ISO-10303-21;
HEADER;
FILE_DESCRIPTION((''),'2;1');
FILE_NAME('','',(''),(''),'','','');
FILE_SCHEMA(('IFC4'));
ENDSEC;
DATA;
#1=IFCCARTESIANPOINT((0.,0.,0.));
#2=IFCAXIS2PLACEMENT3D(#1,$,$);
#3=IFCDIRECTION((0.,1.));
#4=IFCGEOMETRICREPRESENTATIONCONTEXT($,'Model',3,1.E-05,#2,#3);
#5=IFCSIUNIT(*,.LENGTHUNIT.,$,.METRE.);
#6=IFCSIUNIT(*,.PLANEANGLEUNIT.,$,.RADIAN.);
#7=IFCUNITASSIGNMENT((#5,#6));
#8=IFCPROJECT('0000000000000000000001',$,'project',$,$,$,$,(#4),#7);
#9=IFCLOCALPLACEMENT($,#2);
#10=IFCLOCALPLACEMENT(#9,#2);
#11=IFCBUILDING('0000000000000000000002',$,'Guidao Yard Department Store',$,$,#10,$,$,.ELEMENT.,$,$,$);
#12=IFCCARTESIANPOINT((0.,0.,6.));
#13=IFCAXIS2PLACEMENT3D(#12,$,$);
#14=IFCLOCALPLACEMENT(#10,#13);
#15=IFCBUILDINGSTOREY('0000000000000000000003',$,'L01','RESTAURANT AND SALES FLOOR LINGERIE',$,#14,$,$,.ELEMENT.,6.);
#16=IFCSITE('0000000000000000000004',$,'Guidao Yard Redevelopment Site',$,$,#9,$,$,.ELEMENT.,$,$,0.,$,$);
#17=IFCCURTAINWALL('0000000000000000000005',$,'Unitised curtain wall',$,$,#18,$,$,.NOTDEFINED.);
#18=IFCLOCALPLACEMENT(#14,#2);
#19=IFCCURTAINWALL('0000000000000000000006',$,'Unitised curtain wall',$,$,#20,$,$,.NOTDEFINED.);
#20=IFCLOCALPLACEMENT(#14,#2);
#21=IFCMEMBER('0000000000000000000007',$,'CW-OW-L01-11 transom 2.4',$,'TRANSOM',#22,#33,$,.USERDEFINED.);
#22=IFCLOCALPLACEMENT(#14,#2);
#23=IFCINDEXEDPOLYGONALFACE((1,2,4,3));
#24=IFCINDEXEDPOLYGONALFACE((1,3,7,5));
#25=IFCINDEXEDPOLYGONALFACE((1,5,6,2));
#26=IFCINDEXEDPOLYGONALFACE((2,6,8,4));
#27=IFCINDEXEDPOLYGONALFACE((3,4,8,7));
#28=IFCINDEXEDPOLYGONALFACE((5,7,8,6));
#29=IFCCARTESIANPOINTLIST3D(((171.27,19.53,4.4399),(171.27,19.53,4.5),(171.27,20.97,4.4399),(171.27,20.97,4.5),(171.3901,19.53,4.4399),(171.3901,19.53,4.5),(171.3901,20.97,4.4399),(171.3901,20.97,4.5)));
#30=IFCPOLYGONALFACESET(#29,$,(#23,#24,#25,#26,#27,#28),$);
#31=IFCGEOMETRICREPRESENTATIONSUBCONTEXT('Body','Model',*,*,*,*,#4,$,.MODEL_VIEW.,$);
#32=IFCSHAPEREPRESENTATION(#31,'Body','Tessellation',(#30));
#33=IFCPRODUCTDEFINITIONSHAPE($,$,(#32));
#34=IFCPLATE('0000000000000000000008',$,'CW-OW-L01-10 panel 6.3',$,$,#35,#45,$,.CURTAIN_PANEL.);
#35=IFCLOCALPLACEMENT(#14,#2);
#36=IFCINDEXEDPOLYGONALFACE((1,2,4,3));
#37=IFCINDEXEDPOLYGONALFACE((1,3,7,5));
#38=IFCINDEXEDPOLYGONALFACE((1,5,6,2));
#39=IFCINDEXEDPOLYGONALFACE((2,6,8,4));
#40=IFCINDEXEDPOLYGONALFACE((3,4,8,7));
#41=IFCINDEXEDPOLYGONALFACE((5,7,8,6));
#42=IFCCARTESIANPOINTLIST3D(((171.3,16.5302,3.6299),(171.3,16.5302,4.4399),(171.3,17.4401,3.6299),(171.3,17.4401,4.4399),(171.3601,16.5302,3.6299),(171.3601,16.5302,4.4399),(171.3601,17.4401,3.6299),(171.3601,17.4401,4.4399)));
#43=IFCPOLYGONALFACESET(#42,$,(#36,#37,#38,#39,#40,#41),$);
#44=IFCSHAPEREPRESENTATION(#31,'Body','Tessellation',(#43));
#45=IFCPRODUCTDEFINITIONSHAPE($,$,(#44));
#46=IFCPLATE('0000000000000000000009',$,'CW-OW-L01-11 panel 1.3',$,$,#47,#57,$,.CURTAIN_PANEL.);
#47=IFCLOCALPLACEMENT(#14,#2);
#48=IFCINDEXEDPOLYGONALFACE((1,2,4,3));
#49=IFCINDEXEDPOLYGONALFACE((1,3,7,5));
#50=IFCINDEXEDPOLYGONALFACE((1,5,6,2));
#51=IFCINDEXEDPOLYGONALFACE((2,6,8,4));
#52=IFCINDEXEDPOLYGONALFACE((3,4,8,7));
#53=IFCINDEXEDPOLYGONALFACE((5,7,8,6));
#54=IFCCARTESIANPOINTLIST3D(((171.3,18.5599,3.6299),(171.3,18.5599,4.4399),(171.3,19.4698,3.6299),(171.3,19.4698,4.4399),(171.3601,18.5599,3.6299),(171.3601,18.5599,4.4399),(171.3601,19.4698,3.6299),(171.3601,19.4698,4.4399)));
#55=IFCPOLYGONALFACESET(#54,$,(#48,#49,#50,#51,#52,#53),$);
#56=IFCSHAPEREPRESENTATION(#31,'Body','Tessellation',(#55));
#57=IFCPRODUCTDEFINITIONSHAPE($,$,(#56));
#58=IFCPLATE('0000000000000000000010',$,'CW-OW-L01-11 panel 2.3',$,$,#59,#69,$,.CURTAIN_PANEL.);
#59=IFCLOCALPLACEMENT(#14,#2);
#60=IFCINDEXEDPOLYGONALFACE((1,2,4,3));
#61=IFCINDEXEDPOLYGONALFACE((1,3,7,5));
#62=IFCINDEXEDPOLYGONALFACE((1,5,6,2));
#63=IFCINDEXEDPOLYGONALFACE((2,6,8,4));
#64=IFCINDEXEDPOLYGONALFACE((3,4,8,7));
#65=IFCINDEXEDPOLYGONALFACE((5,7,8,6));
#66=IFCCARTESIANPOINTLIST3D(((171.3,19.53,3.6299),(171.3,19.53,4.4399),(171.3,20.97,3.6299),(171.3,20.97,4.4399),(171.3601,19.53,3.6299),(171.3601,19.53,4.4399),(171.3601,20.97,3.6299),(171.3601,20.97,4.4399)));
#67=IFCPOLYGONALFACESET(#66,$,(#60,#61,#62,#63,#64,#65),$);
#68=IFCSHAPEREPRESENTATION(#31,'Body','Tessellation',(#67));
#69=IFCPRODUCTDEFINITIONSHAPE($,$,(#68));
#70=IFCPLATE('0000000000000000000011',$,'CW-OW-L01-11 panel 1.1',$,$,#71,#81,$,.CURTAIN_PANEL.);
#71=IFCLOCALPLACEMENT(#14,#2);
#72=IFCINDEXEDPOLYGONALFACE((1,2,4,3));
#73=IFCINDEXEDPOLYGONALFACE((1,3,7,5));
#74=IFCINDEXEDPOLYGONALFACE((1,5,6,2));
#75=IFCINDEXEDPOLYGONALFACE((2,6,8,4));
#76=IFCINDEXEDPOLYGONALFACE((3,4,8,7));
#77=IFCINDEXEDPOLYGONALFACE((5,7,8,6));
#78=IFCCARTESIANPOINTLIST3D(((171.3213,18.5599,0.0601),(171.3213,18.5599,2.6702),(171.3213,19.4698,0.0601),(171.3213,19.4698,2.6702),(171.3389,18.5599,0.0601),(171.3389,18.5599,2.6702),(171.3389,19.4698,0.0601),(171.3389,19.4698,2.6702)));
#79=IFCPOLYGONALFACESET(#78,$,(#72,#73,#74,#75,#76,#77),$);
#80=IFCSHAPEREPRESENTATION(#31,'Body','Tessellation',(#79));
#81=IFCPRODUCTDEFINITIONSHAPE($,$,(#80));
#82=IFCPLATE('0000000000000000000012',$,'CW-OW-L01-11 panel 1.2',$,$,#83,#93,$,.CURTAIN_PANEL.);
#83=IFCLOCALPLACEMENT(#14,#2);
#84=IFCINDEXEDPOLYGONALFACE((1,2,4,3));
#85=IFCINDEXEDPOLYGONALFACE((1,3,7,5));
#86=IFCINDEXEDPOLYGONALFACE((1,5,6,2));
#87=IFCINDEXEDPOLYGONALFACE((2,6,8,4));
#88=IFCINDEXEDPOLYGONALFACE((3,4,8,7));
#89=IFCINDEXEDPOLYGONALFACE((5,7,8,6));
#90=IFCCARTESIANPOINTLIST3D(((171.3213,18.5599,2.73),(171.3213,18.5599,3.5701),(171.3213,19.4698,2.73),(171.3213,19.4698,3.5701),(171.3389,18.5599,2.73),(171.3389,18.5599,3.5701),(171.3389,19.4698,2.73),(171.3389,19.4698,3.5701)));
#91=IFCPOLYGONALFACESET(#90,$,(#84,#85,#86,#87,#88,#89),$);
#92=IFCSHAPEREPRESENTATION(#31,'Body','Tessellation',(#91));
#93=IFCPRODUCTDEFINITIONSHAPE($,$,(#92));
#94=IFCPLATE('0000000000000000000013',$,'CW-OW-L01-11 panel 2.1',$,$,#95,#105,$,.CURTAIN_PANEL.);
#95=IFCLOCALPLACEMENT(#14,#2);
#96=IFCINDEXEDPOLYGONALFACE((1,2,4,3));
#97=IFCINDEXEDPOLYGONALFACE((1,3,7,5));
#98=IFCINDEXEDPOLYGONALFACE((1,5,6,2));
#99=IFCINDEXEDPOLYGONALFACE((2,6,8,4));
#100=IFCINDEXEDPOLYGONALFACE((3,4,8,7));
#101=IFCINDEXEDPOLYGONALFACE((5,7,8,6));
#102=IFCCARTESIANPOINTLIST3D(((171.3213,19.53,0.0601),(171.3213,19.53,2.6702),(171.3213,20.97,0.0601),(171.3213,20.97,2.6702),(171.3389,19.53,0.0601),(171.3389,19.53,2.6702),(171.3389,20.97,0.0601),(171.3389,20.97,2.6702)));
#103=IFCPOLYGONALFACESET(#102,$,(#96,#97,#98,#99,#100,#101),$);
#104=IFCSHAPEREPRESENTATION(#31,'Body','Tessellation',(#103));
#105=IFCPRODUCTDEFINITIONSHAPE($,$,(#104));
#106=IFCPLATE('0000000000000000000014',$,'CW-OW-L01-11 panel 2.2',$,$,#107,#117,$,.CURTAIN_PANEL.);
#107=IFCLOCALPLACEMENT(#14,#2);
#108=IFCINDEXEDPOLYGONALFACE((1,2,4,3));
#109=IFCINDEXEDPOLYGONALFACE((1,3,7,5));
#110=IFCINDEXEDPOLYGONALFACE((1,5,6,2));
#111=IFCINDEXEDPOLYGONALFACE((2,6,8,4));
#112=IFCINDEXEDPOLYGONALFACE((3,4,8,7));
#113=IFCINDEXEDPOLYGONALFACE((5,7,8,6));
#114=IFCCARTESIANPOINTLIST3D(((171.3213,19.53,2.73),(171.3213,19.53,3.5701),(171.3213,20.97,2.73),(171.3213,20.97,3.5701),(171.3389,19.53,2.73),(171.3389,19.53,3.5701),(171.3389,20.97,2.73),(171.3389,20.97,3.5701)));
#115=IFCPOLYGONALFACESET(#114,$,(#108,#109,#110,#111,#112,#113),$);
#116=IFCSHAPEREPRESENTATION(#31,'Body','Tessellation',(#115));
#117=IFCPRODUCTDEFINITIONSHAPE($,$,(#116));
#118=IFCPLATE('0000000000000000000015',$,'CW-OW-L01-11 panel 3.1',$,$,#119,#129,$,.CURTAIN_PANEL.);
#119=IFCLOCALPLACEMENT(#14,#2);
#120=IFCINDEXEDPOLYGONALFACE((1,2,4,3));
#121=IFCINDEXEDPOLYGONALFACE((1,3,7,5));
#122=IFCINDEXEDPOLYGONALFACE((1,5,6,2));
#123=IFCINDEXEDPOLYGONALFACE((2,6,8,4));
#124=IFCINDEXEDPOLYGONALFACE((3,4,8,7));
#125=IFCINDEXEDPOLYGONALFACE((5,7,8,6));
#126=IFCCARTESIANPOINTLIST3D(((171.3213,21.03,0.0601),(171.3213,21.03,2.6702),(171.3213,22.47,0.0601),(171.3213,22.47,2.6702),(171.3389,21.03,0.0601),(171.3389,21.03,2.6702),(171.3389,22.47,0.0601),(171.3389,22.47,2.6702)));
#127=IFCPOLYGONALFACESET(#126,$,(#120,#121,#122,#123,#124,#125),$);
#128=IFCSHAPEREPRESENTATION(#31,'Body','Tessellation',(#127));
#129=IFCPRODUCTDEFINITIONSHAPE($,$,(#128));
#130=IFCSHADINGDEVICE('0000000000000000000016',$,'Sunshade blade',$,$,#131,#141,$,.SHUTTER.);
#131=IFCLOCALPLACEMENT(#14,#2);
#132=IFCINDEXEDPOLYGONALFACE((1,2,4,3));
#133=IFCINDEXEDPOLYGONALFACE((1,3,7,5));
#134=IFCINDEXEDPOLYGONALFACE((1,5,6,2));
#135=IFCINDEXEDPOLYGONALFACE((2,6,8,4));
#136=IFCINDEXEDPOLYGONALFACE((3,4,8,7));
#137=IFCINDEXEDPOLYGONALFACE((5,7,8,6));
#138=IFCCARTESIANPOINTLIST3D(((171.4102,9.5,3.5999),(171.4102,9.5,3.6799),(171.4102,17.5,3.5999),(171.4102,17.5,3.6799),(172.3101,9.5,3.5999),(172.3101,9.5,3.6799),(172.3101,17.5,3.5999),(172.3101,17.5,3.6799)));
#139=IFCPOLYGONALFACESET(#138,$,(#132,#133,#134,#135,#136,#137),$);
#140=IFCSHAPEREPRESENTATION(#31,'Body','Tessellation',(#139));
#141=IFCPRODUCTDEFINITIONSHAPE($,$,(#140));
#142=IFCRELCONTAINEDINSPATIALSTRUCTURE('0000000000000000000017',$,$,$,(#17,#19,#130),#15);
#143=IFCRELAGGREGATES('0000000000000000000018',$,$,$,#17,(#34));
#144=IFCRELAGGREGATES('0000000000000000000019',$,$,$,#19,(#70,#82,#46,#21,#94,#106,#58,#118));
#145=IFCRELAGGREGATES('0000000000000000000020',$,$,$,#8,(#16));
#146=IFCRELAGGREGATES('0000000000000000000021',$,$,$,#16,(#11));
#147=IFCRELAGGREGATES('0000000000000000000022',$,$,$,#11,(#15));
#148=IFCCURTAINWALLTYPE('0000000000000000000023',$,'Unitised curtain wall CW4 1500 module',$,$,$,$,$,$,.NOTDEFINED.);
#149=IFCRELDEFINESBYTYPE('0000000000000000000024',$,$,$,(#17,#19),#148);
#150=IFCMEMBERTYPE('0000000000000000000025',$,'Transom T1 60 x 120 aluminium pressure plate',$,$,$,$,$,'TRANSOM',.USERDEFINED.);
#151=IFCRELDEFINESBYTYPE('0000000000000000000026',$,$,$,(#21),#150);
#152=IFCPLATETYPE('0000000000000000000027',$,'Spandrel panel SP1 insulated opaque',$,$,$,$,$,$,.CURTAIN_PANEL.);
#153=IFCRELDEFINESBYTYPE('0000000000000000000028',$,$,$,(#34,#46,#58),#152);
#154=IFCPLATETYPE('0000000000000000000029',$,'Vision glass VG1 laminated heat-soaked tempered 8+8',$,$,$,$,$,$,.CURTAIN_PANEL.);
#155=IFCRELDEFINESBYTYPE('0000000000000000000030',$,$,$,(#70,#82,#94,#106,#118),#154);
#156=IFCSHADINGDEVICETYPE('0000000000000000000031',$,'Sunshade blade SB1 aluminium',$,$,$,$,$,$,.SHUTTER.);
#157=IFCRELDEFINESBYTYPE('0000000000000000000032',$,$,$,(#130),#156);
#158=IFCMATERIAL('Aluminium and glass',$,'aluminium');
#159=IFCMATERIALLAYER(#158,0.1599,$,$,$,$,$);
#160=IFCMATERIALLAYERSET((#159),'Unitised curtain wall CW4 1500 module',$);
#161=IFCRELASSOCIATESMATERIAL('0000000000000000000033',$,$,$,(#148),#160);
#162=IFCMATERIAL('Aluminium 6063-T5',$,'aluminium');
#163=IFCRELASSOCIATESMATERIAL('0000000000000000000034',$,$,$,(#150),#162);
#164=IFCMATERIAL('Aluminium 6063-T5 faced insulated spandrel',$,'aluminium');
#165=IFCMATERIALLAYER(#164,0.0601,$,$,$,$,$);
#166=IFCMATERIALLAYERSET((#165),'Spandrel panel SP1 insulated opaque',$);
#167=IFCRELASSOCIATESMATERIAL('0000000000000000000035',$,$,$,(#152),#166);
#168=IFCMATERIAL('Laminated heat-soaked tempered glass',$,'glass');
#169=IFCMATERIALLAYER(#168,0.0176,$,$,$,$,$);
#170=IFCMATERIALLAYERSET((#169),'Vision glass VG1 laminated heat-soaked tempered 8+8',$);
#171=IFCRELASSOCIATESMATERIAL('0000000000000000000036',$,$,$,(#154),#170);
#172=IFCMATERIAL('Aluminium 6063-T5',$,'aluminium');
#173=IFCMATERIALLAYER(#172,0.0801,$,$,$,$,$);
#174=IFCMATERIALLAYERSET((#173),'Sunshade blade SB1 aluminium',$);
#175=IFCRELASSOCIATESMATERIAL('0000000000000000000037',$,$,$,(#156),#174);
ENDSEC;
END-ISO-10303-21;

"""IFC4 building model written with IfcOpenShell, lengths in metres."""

from ifc_helpers import new_model, si_unit, direction, frame, origin, origin_2d, place, context, subcontext, project, spatial, rectangle, extrude, material, layer, layer_set, material_profile, profile_set, type_object, element, aggregate, save


model = new_model("IFC4")

# Units and contexts
model_context = context("Model", 3, precision=1e-05, world=origin(), true_north=direction((0.0, 1.0)))
body_context = subcontext(model_context, "Body", "Model", "MODEL_VIEW")
ifc_project = project(units=[si_unit("LENGTHUNIT", "METRE"), si_unit("PLANEANGLEUNIT", "RADIAN")], contexts=[model_context])

# Site, building, storey
site_placement = place(None, origin())
site = spatial("IfcSite", under=ifc_project, at=site_placement, Name="Guidao Yard Redevelopment Site", CompositionType="ELEMENT", RefElevation=0.0)
building_placement = place(site_placement, origin())
building = spatial("IfcBuilding", under=site, at=building_placement, Name="Guidao Yard Department Store", CompositionType="ELEMENT")
storey_placement = place(building_placement, frame((0.0, 0.0, 6.0)))
storey = spatial("IfcBuildingStorey", under=building, at=storey_placement, Name="L01", Description="RESTAURANT AND SALES FLOOR LINGERIE", CompositionType="ELEMENT", Elevation=6.0)

# Curtain wall
ifc_material_1 = material(Name="Aluminium and glass", Category="aluminium")
ifc_layer_1 = layer(ifc_material_1, 0.1599)
ifc_layer_set_1 = layer_set([ifc_layer_1], Name="Unitised curtain wall CW4 1500 module")
curtain_wall_type = type_object("IfcCurtainWallType", Name="Unitised curtain wall CW4 1500 module", PredefinedType="NOTDEFINED", material=ifc_layer_set_1)
curtain_wall_1_placement = place(storey_placement, origin())
curtain_wall_1 = element("IfcCurtainWall", 1, at=curtain_wall_1_placement, inside=storey, type_object=curtain_wall_type, Name="Unitised curtain wall", PredefinedType="NOTDEFINED")

# Curtain wall
curtain_wall_2_placement = place(storey_placement, origin())
curtain_wall_2 = element("IfcCurtainWall", 2, at=curtain_wall_2_placement, inside=storey, type_object=curtain_wall_type, Name="Unitised curtain wall", PredefinedType="NOTDEFINED")

# Member
ifc_material_2 = material(Name="Aluminium 6063-T5", Category="aluminium")
ifc_material_profile_1 = material_profile(ifc_material_2, rectangle(XDim=0.1201, YDim=0.0601, at=origin_2d()), Name="Transom T1 60 x 120 aluminium pressure plate")
ifc_profile_set_1 = profile_set([ifc_material_profile_1], Name="Aluminium 6063-T5")
member_type_1 = type_object("IfcMemberType", Name="Transom T1 60 x 120 aluminium pressure plate", ElementType="TRANSOM", PredefinedType="USERDEFINED", material=ifc_profile_set_1)
member_1_placement = place(storey_placement, frame((171.3301, 20.97, 4.47), z_axis=(0.0, -1.0, 0.0), x_axis=(1.0, 0.0, 0.0)))
member_1 = element("IfcMember", 3, at=member_1_placement, type_object=member_type_1, Name="CW-OW-L01-11 transom 2.4", ObjectType="TRANSOM", PredefinedType="USERDEFINED", context=body_context, shape_type="SweptSolid", body=[
    extrude(rectangle(XDim=0.1201, YDim=0.0601, at=origin_2d()), origin(), (0.0, 0.0, 1.0), 1.4399),
])

# Plates
ifc_material_3 = material(Name="Aluminium 6063-T5 faced insulated spandrel", Category="aluminium")
ifc_layer_2 = layer(ifc_material_3, 0.0601)
ifc_layer_set_2 = layer_set([ifc_layer_2], Name="Spandrel panel SP1 insulated opaque")
plate_type_1 = type_object("IfcPlateType", Name="Spandrel panel SP1 insulated opaque", PredefinedType="CURTAIN_PANEL", material=ifc_layer_set_2)
plate_1_placement = place(storey_placement, frame((171.3301, 16.9851, 3.6299), z_axis=(0.0, 0.0, 1.0), x_axis=(0.0, -1.0, 0.0)))
plate_1 = element("IfcPlate", 4, at=plate_1_placement, type_object=plate_type_1, Name="CW-OW-L01-10 panel 6.3", PredefinedType="CURTAIN_PANEL", context=body_context, shape_type="SweptSolid", body=[
    extrude(rectangle(XDim=0.9099, YDim=0.0601, at=origin_2d()), origin(), (0.0, 0.0, 1.0), 0.8101),
])
aggregate(curtain_wall_1, [plate_1])
plate_2_placement = place(storey_placement, frame((171.3301, 19.0149, 3.6299), z_axis=(0.0, 0.0, 1.0), x_axis=(0.0, -1.0, 0.0)))
plate_2 = element("IfcPlate", 5, at=plate_2_placement, type_object=plate_type_1, Name="CW-OW-L01-11 panel 1.3", PredefinedType="CURTAIN_PANEL", context=body_context, shape_type="SweptSolid", body=[
    extrude(rectangle(XDim=0.9099, YDim=0.0601, at=origin_2d()), origin(), (0.0, 0.0, 1.0), 0.8101),
])
plate_3_placement = place(storey_placement, frame((171.3301, 20.25, 3.6299), z_axis=(0.0, 0.0, 1.0), x_axis=(0.0, -1.0, 0.0)))
plate_3 = element("IfcPlate", 6, at=plate_3_placement, type_object=plate_type_1, Name="CW-OW-L01-11 panel 2.3", PredefinedType="CURTAIN_PANEL", context=body_context, shape_type="SweptSolid", body=[
    extrude(rectangle(XDim=1.4399, YDim=0.0601, at=origin_2d()), origin(), (0.0, 0.0, 1.0), 0.8101),
])
ifc_material_4 = material(Name="Laminated heat-soaked tempered glass", Category="glass")
ifc_layer_3 = layer(ifc_material_4, 0.0176)
ifc_layer_set_3 = layer_set([ifc_layer_3], Name="Vision glass VG1 laminated heat-soaked tempered 8+8")
plate_type_2 = type_object("IfcPlateType", Name="Vision glass VG1 laminated heat-soaked tempered 8+8", PredefinedType="CURTAIN_PANEL", material=ifc_layer_set_3)
plate_4_placement = place(storey_placement, frame((171.3301, 19.0149, 0.0601), z_axis=(0.0, 0.0, 1.0), x_axis=(0.0, -1.0, 0.0)))
plate_4 = element("IfcPlate", 7, at=plate_4_placement, type_object=plate_type_2, Name="CW-OW-L01-11 panel 1.1", PredefinedType="CURTAIN_PANEL", context=body_context, shape_type="SweptSolid", body=[
    extrude(rectangle(XDim=0.9099, YDim=0.0176, at=origin_2d()), origin(), (0.0, 0.0, 1.0), 2.6101),
])
plate_5_placement = place(storey_placement, frame((171.3301, 19.0149, 2.73), z_axis=(0.0, 0.0, 1.0), x_axis=(0.0, -1.0, 0.0)))
plate_5 = element("IfcPlate", 8, at=plate_5_placement, type_object=plate_type_2, Name="CW-OW-L01-11 panel 1.2", PredefinedType="CURTAIN_PANEL", context=body_context, shape_type="SweptSolid", body=[
    extrude(rectangle(XDim=0.9099, YDim=0.0176, at=origin_2d()), origin(), (0.0, 0.0, 1.0), 0.8401),
])
plate_6_placement = place(storey_placement, frame((171.3301, 20.25, 0.0601), z_axis=(0.0, 0.0, 1.0), x_axis=(0.0, -1.0, 0.0)))
plate_6 = element("IfcPlate", 9, at=plate_6_placement, type_object=plate_type_2, Name="CW-OW-L01-11 panel 2.1", PredefinedType="CURTAIN_PANEL", context=body_context, shape_type="SweptSolid", body=[
    extrude(rectangle(XDim=1.4399, YDim=0.0176, at=origin_2d()), origin(), (0.0, 0.0, 1.0), 2.6101),
])
plate_7_placement = place(storey_placement, frame((171.3301, 20.25, 2.73), z_axis=(0.0, 0.0, 1.0), x_axis=(0.0, -1.0, 0.0)))
plate_7 = element("IfcPlate", 10, at=plate_7_placement, type_object=plate_type_2, Name="CW-OW-L01-11 panel 2.2", PredefinedType="CURTAIN_PANEL", context=body_context, shape_type="SweptSolid", body=[
    extrude(rectangle(XDim=1.4399, YDim=0.0176, at=origin_2d()), origin(), (0.0, 0.0, 1.0), 0.8401),
])
plate_8_placement = place(storey_placement, frame((171.3301, 21.75, 0.0601), z_axis=(0.0, 0.0, 1.0), x_axis=(0.0, -1.0, 0.0)))
plate_8 = element("IfcPlate", 11, at=plate_8_placement, type_object=plate_type_2, Name="CW-OW-L01-11 panel 3.1", PredefinedType="CURTAIN_PANEL", context=body_context, shape_type="SweptSolid", body=[
    extrude(rectangle(XDim=1.4399, YDim=0.0176, at=origin_2d()), origin(), (0.0, 0.0, 1.0), 2.6101),
])
aggregate(curtain_wall_2, [plate_4, plate_5, plate_2, member_1, plate_6, plate_7, plate_3, plate_8])

# Shading device
ifc_material_5 = material(Name="Aluminium 6063-T5", Category="aluminium")
ifc_layer_4 = layer(ifc_material_5, 0.0801)
ifc_layer_set_4 = layer_set([ifc_layer_4], Name="Sunshade blade SB1 aluminium")
shading_device_type = type_object("IfcShadingDeviceType", Name="Sunshade blade SB1 aluminium", PredefinedType="SHUTTER", material=ifc_layer_set_4)
shading_device_placement = place(storey_placement, frame((171.8601, 13.5, 3.5999), z_axis=(0.0, 0.0, 1.0), x_axis=(0.0, -1.0, 0.0)))
element("IfcShadingDevice", 12, at=shading_device_placement, inside=storey, type_object=shading_device_type, Name="Sunshade blade", PredefinedType="SHUTTER", context=body_context, shape_type="SweptSolid", body=[
    extrude(rectangle(XDim=8.0, YDim=0.8999, at=origin_2d()), origin(), (0.0, 0.0, 1.0), 0.0801),
])

save(model, "model.ifc")
